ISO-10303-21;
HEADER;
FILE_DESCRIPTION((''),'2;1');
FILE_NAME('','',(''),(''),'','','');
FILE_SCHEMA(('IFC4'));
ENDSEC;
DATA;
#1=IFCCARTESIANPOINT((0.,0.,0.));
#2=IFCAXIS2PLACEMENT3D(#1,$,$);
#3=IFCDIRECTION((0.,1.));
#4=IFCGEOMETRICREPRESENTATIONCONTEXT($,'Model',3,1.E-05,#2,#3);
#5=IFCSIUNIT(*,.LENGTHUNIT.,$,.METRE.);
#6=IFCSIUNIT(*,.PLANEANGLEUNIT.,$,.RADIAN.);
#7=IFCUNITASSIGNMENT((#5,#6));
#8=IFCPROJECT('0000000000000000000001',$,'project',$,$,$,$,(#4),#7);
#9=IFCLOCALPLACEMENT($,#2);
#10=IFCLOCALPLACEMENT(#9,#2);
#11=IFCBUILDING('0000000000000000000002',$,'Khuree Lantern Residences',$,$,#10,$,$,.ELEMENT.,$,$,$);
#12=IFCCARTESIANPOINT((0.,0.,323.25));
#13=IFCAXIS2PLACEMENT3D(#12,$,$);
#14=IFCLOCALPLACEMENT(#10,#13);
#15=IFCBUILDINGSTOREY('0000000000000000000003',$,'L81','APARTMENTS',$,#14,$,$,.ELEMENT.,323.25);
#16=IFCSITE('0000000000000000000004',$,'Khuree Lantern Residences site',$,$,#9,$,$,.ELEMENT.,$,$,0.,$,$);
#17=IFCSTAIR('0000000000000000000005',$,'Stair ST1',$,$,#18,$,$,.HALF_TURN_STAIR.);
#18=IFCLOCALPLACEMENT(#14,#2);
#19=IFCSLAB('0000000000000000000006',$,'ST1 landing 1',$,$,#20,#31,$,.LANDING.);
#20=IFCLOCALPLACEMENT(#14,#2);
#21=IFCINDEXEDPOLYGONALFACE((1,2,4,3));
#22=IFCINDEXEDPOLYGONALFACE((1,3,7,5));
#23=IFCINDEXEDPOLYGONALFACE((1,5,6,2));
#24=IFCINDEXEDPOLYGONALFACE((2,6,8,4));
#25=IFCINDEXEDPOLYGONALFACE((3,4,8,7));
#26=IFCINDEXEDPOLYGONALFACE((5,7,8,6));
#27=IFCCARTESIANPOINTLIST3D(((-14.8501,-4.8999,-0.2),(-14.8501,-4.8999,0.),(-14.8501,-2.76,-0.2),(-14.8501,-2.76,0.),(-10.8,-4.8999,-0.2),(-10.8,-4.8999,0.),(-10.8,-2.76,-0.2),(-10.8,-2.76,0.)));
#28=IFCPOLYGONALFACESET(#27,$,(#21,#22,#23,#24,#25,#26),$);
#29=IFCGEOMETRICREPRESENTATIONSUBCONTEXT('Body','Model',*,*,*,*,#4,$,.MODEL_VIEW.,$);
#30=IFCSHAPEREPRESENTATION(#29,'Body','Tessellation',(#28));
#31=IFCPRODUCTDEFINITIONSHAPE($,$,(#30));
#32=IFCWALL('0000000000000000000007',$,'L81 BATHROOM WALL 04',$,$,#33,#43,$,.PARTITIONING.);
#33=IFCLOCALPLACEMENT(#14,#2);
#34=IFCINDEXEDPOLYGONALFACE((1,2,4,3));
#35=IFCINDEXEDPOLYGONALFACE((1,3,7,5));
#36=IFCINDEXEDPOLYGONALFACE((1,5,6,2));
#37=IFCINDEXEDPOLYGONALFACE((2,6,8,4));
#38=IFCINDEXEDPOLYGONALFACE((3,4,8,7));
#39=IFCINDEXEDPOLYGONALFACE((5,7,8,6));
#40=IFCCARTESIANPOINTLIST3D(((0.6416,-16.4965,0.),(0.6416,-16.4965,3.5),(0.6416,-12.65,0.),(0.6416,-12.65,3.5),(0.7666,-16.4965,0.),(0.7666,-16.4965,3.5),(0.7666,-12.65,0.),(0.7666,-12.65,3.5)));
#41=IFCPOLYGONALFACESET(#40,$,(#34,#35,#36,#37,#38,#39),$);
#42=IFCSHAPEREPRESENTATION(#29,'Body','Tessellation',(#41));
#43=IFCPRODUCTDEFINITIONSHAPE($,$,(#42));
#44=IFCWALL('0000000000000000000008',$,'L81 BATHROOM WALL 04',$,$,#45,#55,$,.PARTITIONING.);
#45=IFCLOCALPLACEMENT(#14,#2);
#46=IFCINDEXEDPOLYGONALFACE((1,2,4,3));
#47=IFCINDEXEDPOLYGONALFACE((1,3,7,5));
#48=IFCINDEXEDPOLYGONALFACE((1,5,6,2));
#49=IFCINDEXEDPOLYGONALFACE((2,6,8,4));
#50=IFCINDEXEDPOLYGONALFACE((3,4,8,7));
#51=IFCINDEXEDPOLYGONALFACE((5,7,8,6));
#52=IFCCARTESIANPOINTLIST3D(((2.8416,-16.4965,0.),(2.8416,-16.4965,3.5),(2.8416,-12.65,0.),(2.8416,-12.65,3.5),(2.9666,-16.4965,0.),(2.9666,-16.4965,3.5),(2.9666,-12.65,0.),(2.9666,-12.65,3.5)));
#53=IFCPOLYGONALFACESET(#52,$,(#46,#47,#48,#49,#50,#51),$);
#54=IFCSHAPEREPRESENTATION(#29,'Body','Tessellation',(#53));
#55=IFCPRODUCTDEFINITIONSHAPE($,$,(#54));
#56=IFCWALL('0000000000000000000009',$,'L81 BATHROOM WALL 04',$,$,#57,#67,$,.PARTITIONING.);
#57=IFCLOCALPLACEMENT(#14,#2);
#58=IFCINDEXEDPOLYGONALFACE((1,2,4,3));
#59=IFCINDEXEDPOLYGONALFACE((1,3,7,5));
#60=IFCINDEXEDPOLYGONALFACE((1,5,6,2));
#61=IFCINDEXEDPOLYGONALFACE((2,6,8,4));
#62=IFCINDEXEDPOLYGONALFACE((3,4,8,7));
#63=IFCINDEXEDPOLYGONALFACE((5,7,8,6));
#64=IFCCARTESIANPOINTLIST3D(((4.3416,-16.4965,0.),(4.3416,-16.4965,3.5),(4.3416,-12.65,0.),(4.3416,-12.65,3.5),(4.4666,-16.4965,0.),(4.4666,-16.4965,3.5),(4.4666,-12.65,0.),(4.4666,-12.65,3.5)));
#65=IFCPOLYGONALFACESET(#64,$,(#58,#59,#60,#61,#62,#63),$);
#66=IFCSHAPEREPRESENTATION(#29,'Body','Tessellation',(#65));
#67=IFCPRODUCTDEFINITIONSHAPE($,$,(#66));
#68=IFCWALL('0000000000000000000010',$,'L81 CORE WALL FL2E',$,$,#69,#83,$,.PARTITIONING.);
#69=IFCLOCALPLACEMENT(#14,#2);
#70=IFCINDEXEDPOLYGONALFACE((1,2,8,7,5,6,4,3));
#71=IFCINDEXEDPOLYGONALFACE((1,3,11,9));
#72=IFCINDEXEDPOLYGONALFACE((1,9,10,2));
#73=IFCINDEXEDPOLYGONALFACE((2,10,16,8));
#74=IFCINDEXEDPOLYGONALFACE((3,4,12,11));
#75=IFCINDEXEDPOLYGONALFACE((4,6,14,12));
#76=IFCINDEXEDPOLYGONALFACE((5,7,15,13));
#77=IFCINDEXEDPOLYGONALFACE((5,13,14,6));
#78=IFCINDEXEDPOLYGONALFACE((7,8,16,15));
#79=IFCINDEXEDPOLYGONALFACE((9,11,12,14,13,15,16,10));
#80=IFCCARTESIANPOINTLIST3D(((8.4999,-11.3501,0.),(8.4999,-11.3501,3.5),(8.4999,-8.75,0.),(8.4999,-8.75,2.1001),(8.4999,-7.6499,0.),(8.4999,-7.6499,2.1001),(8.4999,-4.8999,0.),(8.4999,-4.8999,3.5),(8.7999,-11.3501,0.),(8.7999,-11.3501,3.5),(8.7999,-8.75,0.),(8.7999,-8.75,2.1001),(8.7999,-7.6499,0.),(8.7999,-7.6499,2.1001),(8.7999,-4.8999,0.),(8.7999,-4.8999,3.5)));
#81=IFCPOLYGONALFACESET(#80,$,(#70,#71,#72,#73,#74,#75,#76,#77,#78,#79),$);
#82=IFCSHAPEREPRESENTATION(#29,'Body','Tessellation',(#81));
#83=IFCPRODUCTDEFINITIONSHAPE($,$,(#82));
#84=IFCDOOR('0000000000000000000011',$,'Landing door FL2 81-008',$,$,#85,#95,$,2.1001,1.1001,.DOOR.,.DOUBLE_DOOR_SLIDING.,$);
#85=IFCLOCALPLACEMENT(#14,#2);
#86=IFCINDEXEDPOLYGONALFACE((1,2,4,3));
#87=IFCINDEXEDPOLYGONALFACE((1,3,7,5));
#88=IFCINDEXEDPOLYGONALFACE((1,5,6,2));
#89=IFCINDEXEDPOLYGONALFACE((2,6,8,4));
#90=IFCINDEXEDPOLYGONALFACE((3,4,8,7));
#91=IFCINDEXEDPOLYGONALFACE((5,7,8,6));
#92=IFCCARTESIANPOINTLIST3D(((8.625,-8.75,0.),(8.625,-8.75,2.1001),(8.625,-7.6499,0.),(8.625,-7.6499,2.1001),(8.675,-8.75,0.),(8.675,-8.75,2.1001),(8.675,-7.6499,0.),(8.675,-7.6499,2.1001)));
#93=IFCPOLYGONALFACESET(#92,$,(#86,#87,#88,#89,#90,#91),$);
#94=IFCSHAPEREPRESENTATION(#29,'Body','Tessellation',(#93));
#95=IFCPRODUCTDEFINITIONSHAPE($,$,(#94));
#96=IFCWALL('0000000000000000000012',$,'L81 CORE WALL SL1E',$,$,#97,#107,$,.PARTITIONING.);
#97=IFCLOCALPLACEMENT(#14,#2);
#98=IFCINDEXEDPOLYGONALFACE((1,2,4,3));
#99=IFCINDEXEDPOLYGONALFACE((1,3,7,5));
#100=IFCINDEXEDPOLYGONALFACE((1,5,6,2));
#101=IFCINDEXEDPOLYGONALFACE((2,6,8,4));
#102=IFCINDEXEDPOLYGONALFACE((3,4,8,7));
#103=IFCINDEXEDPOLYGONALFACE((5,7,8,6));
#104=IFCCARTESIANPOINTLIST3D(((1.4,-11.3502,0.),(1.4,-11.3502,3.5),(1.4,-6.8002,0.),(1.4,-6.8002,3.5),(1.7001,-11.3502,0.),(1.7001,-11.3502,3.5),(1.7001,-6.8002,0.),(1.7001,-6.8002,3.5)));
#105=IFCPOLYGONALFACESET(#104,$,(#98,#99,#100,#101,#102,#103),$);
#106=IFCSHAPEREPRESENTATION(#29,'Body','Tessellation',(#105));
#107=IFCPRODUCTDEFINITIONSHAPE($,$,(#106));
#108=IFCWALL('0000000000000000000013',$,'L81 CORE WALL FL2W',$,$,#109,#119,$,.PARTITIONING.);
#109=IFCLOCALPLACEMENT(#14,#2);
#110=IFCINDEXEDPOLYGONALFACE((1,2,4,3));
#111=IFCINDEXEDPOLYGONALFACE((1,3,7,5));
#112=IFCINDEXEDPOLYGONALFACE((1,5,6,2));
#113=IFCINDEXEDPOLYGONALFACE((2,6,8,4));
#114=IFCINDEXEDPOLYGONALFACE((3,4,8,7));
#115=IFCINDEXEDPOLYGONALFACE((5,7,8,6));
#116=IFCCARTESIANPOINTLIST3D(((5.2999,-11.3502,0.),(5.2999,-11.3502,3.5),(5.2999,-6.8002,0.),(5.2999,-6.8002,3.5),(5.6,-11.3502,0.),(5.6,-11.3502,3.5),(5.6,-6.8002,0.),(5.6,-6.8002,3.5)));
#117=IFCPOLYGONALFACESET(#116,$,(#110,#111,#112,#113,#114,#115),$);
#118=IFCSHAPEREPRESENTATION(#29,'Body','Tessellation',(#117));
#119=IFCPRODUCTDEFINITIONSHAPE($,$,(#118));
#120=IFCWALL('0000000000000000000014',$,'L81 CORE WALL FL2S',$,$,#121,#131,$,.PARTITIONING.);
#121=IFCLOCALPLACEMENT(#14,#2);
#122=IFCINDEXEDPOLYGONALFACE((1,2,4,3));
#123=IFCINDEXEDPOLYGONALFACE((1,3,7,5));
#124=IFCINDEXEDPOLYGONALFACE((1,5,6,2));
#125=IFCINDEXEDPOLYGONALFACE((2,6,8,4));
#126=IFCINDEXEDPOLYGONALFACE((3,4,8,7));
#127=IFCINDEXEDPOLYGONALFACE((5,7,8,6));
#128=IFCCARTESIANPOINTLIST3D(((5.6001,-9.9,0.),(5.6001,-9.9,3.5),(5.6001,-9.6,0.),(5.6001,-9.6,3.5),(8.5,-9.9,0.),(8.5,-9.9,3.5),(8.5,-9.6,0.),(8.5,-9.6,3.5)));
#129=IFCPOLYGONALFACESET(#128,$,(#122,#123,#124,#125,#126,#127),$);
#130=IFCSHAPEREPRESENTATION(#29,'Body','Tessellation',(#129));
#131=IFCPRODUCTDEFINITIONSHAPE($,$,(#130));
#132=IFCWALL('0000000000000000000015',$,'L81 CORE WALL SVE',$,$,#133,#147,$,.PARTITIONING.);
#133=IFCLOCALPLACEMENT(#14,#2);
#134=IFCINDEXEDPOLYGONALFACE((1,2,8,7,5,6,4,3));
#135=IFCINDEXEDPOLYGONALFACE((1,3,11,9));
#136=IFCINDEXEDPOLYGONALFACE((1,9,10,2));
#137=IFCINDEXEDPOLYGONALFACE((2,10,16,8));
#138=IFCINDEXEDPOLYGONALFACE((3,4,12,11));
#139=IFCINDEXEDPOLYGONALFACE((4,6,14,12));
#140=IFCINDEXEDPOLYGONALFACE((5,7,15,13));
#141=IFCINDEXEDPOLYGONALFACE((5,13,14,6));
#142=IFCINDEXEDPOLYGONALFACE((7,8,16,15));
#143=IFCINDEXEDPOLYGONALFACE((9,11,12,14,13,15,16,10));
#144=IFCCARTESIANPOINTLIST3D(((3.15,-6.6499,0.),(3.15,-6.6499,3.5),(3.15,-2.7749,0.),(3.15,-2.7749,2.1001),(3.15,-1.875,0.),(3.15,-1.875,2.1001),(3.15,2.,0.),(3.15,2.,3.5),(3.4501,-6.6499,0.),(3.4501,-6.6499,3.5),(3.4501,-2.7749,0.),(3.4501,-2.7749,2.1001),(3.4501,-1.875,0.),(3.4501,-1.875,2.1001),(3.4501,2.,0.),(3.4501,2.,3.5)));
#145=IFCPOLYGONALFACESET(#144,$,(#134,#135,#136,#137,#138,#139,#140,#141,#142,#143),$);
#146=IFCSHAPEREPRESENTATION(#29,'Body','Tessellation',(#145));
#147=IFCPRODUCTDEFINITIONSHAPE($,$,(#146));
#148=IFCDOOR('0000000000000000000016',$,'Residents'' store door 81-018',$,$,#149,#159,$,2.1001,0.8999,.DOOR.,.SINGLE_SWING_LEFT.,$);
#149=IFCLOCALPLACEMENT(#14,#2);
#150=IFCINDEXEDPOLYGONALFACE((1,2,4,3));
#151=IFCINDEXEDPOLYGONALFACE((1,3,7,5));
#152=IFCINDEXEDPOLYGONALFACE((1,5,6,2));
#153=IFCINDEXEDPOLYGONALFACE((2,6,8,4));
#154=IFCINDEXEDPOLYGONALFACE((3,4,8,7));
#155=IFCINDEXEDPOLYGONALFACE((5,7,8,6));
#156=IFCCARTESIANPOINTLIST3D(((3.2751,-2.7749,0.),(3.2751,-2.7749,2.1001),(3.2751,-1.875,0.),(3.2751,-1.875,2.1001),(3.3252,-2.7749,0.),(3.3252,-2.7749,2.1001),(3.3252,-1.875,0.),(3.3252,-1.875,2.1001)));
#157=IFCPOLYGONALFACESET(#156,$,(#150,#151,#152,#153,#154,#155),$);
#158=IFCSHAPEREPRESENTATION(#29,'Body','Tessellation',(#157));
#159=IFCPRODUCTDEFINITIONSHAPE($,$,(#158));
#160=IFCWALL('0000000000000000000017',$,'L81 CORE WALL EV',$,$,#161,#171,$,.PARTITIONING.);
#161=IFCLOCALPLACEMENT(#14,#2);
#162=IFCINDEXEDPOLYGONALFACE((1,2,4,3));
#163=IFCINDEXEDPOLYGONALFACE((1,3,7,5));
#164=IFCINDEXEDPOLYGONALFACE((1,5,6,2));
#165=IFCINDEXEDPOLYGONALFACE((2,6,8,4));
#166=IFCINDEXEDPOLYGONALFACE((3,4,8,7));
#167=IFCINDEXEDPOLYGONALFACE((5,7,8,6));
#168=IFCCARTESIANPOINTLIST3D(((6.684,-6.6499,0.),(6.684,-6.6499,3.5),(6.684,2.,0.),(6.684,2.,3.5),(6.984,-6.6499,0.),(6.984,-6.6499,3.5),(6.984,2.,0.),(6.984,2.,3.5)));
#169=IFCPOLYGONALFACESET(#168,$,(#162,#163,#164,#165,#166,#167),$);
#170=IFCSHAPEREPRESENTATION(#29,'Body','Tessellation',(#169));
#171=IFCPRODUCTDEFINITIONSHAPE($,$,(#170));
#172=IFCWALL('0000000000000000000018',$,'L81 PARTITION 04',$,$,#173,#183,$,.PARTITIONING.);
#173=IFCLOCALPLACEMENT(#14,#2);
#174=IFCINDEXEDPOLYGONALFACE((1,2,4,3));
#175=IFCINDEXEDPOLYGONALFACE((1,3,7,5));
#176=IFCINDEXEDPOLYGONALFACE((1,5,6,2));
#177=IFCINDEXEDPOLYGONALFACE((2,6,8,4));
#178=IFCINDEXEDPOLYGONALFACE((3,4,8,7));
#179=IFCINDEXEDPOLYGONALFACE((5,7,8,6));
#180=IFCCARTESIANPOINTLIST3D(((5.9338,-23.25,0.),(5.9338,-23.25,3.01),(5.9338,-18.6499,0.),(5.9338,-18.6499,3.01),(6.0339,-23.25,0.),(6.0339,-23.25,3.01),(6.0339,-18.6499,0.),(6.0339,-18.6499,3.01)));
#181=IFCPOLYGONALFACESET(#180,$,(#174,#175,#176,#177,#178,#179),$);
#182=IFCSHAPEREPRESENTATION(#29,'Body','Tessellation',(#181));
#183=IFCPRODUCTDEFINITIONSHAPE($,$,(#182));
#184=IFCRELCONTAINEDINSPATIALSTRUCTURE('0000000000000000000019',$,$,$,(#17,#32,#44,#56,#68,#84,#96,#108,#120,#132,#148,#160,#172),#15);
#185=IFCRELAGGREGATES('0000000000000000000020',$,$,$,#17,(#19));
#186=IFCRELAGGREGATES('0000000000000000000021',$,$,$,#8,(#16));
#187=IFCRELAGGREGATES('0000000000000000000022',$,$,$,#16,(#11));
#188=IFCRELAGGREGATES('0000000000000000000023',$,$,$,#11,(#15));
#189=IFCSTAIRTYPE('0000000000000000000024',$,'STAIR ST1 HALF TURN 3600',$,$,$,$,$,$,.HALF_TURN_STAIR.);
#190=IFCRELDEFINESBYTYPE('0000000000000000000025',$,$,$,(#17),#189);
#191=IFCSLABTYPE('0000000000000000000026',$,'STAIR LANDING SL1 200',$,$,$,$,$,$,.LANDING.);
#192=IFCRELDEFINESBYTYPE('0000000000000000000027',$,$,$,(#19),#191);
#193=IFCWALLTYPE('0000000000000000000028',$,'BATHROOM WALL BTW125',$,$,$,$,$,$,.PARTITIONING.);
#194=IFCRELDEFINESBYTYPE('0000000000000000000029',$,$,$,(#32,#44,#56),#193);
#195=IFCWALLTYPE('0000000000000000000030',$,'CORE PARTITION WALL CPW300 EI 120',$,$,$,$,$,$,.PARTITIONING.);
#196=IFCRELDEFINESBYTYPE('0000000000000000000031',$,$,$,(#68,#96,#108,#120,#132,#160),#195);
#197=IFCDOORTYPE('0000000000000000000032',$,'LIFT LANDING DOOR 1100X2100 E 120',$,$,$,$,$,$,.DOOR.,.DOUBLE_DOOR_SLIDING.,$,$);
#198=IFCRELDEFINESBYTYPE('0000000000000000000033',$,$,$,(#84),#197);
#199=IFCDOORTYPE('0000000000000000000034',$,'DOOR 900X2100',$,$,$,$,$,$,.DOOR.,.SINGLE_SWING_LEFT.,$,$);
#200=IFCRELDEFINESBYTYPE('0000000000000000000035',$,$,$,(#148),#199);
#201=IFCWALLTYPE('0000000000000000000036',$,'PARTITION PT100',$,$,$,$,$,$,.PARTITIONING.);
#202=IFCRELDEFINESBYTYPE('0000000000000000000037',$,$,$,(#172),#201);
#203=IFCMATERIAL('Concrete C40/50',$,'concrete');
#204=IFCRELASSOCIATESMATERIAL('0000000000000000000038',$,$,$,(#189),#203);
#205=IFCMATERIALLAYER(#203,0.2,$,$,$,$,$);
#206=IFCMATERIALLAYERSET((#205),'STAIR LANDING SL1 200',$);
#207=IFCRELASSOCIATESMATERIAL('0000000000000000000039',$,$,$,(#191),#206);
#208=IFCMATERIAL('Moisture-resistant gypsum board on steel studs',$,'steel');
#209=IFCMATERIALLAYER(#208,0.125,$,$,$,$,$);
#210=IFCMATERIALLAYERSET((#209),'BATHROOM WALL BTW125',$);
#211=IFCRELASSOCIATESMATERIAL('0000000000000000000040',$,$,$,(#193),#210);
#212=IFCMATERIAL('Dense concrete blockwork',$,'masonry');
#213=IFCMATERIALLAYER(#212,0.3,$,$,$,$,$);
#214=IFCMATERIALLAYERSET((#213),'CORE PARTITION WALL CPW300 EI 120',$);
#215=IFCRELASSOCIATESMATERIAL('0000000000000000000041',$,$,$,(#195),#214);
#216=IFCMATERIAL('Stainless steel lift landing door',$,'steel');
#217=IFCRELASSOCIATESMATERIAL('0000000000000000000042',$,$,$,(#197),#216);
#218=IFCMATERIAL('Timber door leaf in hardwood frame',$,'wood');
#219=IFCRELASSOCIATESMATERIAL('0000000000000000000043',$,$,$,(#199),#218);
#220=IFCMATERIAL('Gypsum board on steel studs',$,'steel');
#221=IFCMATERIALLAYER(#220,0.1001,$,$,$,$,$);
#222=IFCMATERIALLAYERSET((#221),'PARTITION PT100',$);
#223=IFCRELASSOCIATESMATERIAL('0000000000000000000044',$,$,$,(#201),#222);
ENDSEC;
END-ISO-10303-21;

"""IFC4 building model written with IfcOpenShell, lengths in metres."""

from ifc_helpers import new_model, si_unit, direction, frame, frame_2d, origin, place, context, subcontext, project, spatial, polyline, rectangle, outline, extrude, material, layer, layer_set, type_object, element, fill, aggregate, save


model = new_model("IFC4")

# Units and contexts
model_context = context("Model", 3, precision=1e-05, world=origin(), true_north=direction((0.0, 1.0)))
body_context = subcontext(model_context, "Body", "Model", "MODEL_VIEW")
ifc_project = project(units=[si_unit("LENGTHUNIT", "METRE"), si_unit("PLANEANGLEUNIT", "RADIAN")], contexts=[model_context])

# Site, building, storey
site_placement = place(None, origin())
site = spatial("IfcSite", under=ifc_project, at=site_placement, Name="Khuree Lantern Residences site", CompositionType="ELEMENT", RefElevation=0.0)
building_placement = place(site_placement, origin())
building = spatial("IfcBuilding", under=site, at=building_placement, Name="Khuree Lantern Residences", CompositionType="ELEMENT")
storey_placement = place(building_placement, frame((0.0, 0.0, 323.25)))
storey = spatial("IfcBuildingStorey", under=building, at=storey_placement, Name="L81", Description="APARTMENTS", CompositionType="ELEMENT", Elevation=323.25)

# Stair, slab
ifc_material_1 = material(Name="Concrete C40/50", Category="concrete")
stair_type = type_object("IfcStairType", Name="STAIR ST1 HALF TURN 3600", PredefinedType="HALF_TURN_STAIR", material=ifc_material_1)
stair_1_placement = place(storey_placement, origin())
stair_1 = element("IfcStair", 1, at=stair_1_placement, inside=storey, type_object=stair_type, Name="Stair ST1", PredefinedType="HALF_TURN_STAIR")
ifc_layer_1 = layer(ifc_material_1, 0.2)
ifc_layer_set_1 = layer_set([ifc_layer_1], Name="STAIR LANDING SL1 200")
slab_type = type_object("IfcSlabType", Name="STAIR LANDING SL1 200", PredefinedType="LANDING", material=ifc_layer_set_1)
slab_placement = place(storey_placement, frame((0.0, 0.0, -0.2)))
slab = element("IfcSlab", 2, at=slab_placement, type_object=slab_type, Name="ST1 landing 1", PredefinedType="LANDING", context=body_context, shape_type="SweptSolid", body=[
    extrude(outline(polyline([(-14.8501, -4.8999), (-10.8, -4.8999), (-10.8, -2.76), (-14.8501, -2.76), (-14.8501, -4.8999)])), origin(), (0.0, 0.0, 1.0), 0.2),
])
aggregate(stair_1, [slab])

# Walls
ifc_material_2 = material(Name="Moisture-resistant gypsum board on steel studs", Category="steel")
ifc_layer_2 = layer(ifc_material_2, 0.125)
ifc_layer_set_2 = layer_set([ifc_layer_2], Name="BATHROOM WALL BTW125")
wall_type_1 = type_object("IfcWallType", Name="BATHROOM WALL BTW125", PredefinedType="PARTITIONING", material=ifc_layer_set_2)
for number, where, z_axis, x_axis, name in (
    (3, (0.7041, -12.6499, 0.0), (0.0, 0.0, 1.0), (0.0, -1.0, 0.0), "L81 BATHROOM WALL 04"),
    (4, (2.9041, -12.6499, 0.0), (0.0, 0.0, 1.0), (0.0, -1.0, 0.0), "L81 BATHROOM WALL 04"),
    (5, (4.4041, -12.6499, 0.0), (0.0, 0.0, 1.0), (0.0, -1.0, 0.0), "L81 BATHROOM WALL 04"),
):
    element("IfcWall", number, at=place(storey_placement, frame(where, z_axis=z_axis, x_axis=x_axis)), inside=storey, type_object=wall_type_1, Name=name, PredefinedType="PARTITIONING", context=body_context, shape_type="SweptSolid", body=[
        extrude(rectangle(XDim=3.8464, YDim=0.125, at=frame_2d((1.9233, 0.0))), origin(), (0.0, 0.0, 1.0), 3.5),
    ])

# Wall, opening, door
ifc_material_3 = material(Name="Dense concrete blockwork", Category="masonry")
ifc_layer_3 = layer(ifc_material_3, 0.3)
ifc_layer_set_3 = layer_set([ifc_layer_3], Name="CORE PARTITION WALL CPW300 EI 120")
wall_type_2 = type_object("IfcWallType", Name="CORE PARTITION WALL CPW300 EI 120", PredefinedType="PARTITIONING", material=ifc_layer_set_3)
wall_1_placement = place(storey_placement, frame((8.6499, -11.3501, 0.0), z_axis=(0.0, 0.0, 1.0), x_axis=(0.0, 1.0, 0.0)))
wall_1 = element("IfcWall", 6, at=wall_1_placement, inside=storey, type_object=wall_type_2, Name="L81 CORE WALL FL2E", PredefinedType="PARTITIONING", context=body_context, shape_type="SweptSolid", body=[
    extrude(rectangle(XDim=6.4502, YDim=0.3, at=frame_2d((3.2251, 0.0))), origin(), (0.0, 0.0, 1.0), 3.5),
])
opening_1_placement = place(wall_1_placement, frame((2.6001, 0.0, 0.0)))
opening_1 = element("IfcOpeningElement", 7, at=opening_1_placement, cuts=wall_1, PredefinedType="OPENING", context=body_context, shape_type="SweptSolid", body=[
    extrude(rectangle(XDim=1.1001, YDim=2.1001, at=frame_2d((0.55, 1.05))), frame((0.0, 0.1602, 0.0), z_axis=(0.0, -1.0, 0.0), x_axis=(1.0, 0.0, 0.0)), (0.0, 0.0, 1.0), 0.3201),
])
ifc_material_4 = material(Name="Stainless steel lift landing door", Category="steel")
door_type_1 = type_object("IfcDoorType", Name="LIFT LANDING DOOR 1100X2100 E 120", OperationType="DOUBLE_DOOR_SLIDING", PredefinedType="DOOR", material=ifc_material_4)
door_1_placement = place(opening_1_placement, origin())
door_1 = element("IfcDoor", 8, at=door_1_placement, inside=storey, type_object=door_type_1, Name="Landing door FL2 81-008", OperationType="DOUBLE_DOOR_SLIDING", OverallHeight=2.1001, OverallWidth=1.1001, PredefinedType="DOOR", context=body_context, shape_type="SweptSolid", body=[
    extrude(rectangle(XDim=1.1001, YDim=2.1001, at=frame_2d((0.55, 1.05))), frame((0.0, 0.0249, 0.0), z_axis=(0.0, -1.0, 0.0), x_axis=(1.0, 0.0, 0.0)), (0.0, 0.0, 1.0), 0.05),
])
fill(opening_1, door_1)

# Walls
for number, where, z_axis, x_axis, name in (
    (9, (1.55, -11.3501, 0.0), (0.0, 0.0, 1.0), (0.0, 1.0, 0.0), "L81 CORE WALL SL1E"),
    (10, (5.45, -11.3501, 0.0), (0.0, 0.0, 1.0), (0.0, 1.0, 0.0), "L81 CORE WALL FL2W"),
):
    element("IfcWall", number, at=place(storey_placement, frame(where, z_axis=z_axis, x_axis=x_axis)), inside=storey, type_object=wall_type_2, Name=name, PredefinedType="PARTITIONING", context=body_context, shape_type="SweptSolid", body=[
        extrude(rectangle(XDim=4.55, YDim=0.3, at=frame_2d((2.2749, 0.0))), origin(), (0.0, 0.0, 1.0), 3.5),
    ])
wall_2_placement = place(storey_placement, frame((5.6001, -9.75, 0.0), z_axis=(0.0, 0.0, 1.0), x_axis=(1.0, 0.0, 0.0)))
element("IfcWall", 11, at=wall_2_placement, inside=storey, type_object=wall_type_2, Name="L81 CORE WALL FL2S", PredefinedType="PARTITIONING", context=body_context, shape_type="SweptSolid", body=[
    extrude(rectangle(XDim=2.8999, YDim=0.3, at=frame_2d((1.45, 0.0))), origin(), (0.0, 0.0, 1.0), 3.5),
])

# Wall, opening, door
wall_3_placement = place(storey_placement, frame((3.3, -6.6499, 0.0), z_axis=(0.0, 0.0, 1.0), x_axis=(0.0, 1.0, 0.0)))
wall_3 = element("IfcWall", 12, at=wall_3_placement, inside=storey, type_object=wall_type_2, Name="L81 CORE WALL SVE", PredefinedType="PARTITIONING", context=body_context, shape_type="SweptSolid", body=[
    extrude(rectangle(XDim=8.6499, YDim=0.3, at=frame_2d((4.325, 0.0))), origin(), (0.0, 0.0, 1.0), 3.5),
])
opening_2_placement = place(wall_3_placement, frame((3.875, 0.0, 0.0)))
opening_2 = element("IfcOpeningElement", 13, at=opening_2_placement, cuts=wall_3, PredefinedType="OPENING", context=body_context, shape_type="SweptSolid", body=[
    extrude(rectangle(XDim=0.8999, YDim=2.1001, at=frame_2d((0.45, 1.05))), frame((0.0, 0.1602, 0.0), z_axis=(0.0, -1.0, 0.0), x_axis=(1.0, 0.0, 0.0)), (0.0, 0.0, 1.0), 0.3201),
])
ifc_material_5 = material(Name="Timber door leaf in hardwood frame", Category="wood")
door_type_2 = type_object("IfcDoorType", Name="DOOR 900X2100", OperationType="SINGLE_SWING_LEFT", PredefinedType="DOOR", material=ifc_material_5)
door_2_placement = place(opening_2_placement, origin())
door_2 = element("IfcDoor", 14, at=door_2_placement, inside=storey, type_object=door_type_2, Name="Residents' store door 81-018", OperationType="SINGLE_SWING_LEFT", OverallHeight=2.1001, OverallWidth=0.8999, PredefinedType="DOOR", context=body_context, shape_type="SweptSolid", body=[
    extrude(rectangle(XDim=0.8999, YDim=2.1001, at=frame_2d((0.45, 1.05))), frame((0.0, 0.0249, 0.0), z_axis=(0.0, -1.0, 0.0), x_axis=(1.0, 0.0, 0.0)), (0.0, 0.0, 1.0), 0.05),
])
fill(opening_2, door_2)

# Walls
wall_4_placement = place(storey_placement, frame((6.834, -6.6499, 0.0), z_axis=(0.0, 0.0, 1.0), x_axis=(0.0, 1.0, 0.0)))
element("IfcWall", 15, at=wall_4_placement, inside=storey, type_object=wall_type_2, Name="L81 CORE WALL EV", PredefinedType="PARTITIONING", context=body_context, shape_type="SweptSolid", body=[
    extrude(rectangle(XDim=8.6499, YDim=0.3, at=frame_2d((4.325, 0.0))), origin(), (0.0, 0.0, 1.0), 3.5),
])
ifc_material_6 = material(Name="Gypsum board on steel studs", Category="steel")
ifc_layer_4 = layer(ifc_material_6, 0.1001)
ifc_layer_set_4 = layer_set([ifc_layer_4], Name="PARTITION PT100")
wall_type_3 = type_object("IfcWallType", Name="PARTITION PT100", PredefinedType="PARTITIONING", material=ifc_layer_set_4)
wall_5_placement = place(storey_placement, frame((5.9839, -18.6499, 0.0), z_axis=(0.0, 0.0, 1.0), x_axis=(0.0, -1.0, 0.0)))
element("IfcWall", 16, at=wall_5_placement, inside=storey, type_object=wall_type_3, Name="L81 PARTITION 04", PredefinedType="PARTITIONING", context=body_context, shape_type="SweptSolid", body=[
    extrude(rectangle(XDim=4.6001, YDim=0.1001, at=frame_2d((2.3, 0.0))), origin(), (0.0, 0.0, 1.0), 3.01),
])

save(model, "model.ifc")
